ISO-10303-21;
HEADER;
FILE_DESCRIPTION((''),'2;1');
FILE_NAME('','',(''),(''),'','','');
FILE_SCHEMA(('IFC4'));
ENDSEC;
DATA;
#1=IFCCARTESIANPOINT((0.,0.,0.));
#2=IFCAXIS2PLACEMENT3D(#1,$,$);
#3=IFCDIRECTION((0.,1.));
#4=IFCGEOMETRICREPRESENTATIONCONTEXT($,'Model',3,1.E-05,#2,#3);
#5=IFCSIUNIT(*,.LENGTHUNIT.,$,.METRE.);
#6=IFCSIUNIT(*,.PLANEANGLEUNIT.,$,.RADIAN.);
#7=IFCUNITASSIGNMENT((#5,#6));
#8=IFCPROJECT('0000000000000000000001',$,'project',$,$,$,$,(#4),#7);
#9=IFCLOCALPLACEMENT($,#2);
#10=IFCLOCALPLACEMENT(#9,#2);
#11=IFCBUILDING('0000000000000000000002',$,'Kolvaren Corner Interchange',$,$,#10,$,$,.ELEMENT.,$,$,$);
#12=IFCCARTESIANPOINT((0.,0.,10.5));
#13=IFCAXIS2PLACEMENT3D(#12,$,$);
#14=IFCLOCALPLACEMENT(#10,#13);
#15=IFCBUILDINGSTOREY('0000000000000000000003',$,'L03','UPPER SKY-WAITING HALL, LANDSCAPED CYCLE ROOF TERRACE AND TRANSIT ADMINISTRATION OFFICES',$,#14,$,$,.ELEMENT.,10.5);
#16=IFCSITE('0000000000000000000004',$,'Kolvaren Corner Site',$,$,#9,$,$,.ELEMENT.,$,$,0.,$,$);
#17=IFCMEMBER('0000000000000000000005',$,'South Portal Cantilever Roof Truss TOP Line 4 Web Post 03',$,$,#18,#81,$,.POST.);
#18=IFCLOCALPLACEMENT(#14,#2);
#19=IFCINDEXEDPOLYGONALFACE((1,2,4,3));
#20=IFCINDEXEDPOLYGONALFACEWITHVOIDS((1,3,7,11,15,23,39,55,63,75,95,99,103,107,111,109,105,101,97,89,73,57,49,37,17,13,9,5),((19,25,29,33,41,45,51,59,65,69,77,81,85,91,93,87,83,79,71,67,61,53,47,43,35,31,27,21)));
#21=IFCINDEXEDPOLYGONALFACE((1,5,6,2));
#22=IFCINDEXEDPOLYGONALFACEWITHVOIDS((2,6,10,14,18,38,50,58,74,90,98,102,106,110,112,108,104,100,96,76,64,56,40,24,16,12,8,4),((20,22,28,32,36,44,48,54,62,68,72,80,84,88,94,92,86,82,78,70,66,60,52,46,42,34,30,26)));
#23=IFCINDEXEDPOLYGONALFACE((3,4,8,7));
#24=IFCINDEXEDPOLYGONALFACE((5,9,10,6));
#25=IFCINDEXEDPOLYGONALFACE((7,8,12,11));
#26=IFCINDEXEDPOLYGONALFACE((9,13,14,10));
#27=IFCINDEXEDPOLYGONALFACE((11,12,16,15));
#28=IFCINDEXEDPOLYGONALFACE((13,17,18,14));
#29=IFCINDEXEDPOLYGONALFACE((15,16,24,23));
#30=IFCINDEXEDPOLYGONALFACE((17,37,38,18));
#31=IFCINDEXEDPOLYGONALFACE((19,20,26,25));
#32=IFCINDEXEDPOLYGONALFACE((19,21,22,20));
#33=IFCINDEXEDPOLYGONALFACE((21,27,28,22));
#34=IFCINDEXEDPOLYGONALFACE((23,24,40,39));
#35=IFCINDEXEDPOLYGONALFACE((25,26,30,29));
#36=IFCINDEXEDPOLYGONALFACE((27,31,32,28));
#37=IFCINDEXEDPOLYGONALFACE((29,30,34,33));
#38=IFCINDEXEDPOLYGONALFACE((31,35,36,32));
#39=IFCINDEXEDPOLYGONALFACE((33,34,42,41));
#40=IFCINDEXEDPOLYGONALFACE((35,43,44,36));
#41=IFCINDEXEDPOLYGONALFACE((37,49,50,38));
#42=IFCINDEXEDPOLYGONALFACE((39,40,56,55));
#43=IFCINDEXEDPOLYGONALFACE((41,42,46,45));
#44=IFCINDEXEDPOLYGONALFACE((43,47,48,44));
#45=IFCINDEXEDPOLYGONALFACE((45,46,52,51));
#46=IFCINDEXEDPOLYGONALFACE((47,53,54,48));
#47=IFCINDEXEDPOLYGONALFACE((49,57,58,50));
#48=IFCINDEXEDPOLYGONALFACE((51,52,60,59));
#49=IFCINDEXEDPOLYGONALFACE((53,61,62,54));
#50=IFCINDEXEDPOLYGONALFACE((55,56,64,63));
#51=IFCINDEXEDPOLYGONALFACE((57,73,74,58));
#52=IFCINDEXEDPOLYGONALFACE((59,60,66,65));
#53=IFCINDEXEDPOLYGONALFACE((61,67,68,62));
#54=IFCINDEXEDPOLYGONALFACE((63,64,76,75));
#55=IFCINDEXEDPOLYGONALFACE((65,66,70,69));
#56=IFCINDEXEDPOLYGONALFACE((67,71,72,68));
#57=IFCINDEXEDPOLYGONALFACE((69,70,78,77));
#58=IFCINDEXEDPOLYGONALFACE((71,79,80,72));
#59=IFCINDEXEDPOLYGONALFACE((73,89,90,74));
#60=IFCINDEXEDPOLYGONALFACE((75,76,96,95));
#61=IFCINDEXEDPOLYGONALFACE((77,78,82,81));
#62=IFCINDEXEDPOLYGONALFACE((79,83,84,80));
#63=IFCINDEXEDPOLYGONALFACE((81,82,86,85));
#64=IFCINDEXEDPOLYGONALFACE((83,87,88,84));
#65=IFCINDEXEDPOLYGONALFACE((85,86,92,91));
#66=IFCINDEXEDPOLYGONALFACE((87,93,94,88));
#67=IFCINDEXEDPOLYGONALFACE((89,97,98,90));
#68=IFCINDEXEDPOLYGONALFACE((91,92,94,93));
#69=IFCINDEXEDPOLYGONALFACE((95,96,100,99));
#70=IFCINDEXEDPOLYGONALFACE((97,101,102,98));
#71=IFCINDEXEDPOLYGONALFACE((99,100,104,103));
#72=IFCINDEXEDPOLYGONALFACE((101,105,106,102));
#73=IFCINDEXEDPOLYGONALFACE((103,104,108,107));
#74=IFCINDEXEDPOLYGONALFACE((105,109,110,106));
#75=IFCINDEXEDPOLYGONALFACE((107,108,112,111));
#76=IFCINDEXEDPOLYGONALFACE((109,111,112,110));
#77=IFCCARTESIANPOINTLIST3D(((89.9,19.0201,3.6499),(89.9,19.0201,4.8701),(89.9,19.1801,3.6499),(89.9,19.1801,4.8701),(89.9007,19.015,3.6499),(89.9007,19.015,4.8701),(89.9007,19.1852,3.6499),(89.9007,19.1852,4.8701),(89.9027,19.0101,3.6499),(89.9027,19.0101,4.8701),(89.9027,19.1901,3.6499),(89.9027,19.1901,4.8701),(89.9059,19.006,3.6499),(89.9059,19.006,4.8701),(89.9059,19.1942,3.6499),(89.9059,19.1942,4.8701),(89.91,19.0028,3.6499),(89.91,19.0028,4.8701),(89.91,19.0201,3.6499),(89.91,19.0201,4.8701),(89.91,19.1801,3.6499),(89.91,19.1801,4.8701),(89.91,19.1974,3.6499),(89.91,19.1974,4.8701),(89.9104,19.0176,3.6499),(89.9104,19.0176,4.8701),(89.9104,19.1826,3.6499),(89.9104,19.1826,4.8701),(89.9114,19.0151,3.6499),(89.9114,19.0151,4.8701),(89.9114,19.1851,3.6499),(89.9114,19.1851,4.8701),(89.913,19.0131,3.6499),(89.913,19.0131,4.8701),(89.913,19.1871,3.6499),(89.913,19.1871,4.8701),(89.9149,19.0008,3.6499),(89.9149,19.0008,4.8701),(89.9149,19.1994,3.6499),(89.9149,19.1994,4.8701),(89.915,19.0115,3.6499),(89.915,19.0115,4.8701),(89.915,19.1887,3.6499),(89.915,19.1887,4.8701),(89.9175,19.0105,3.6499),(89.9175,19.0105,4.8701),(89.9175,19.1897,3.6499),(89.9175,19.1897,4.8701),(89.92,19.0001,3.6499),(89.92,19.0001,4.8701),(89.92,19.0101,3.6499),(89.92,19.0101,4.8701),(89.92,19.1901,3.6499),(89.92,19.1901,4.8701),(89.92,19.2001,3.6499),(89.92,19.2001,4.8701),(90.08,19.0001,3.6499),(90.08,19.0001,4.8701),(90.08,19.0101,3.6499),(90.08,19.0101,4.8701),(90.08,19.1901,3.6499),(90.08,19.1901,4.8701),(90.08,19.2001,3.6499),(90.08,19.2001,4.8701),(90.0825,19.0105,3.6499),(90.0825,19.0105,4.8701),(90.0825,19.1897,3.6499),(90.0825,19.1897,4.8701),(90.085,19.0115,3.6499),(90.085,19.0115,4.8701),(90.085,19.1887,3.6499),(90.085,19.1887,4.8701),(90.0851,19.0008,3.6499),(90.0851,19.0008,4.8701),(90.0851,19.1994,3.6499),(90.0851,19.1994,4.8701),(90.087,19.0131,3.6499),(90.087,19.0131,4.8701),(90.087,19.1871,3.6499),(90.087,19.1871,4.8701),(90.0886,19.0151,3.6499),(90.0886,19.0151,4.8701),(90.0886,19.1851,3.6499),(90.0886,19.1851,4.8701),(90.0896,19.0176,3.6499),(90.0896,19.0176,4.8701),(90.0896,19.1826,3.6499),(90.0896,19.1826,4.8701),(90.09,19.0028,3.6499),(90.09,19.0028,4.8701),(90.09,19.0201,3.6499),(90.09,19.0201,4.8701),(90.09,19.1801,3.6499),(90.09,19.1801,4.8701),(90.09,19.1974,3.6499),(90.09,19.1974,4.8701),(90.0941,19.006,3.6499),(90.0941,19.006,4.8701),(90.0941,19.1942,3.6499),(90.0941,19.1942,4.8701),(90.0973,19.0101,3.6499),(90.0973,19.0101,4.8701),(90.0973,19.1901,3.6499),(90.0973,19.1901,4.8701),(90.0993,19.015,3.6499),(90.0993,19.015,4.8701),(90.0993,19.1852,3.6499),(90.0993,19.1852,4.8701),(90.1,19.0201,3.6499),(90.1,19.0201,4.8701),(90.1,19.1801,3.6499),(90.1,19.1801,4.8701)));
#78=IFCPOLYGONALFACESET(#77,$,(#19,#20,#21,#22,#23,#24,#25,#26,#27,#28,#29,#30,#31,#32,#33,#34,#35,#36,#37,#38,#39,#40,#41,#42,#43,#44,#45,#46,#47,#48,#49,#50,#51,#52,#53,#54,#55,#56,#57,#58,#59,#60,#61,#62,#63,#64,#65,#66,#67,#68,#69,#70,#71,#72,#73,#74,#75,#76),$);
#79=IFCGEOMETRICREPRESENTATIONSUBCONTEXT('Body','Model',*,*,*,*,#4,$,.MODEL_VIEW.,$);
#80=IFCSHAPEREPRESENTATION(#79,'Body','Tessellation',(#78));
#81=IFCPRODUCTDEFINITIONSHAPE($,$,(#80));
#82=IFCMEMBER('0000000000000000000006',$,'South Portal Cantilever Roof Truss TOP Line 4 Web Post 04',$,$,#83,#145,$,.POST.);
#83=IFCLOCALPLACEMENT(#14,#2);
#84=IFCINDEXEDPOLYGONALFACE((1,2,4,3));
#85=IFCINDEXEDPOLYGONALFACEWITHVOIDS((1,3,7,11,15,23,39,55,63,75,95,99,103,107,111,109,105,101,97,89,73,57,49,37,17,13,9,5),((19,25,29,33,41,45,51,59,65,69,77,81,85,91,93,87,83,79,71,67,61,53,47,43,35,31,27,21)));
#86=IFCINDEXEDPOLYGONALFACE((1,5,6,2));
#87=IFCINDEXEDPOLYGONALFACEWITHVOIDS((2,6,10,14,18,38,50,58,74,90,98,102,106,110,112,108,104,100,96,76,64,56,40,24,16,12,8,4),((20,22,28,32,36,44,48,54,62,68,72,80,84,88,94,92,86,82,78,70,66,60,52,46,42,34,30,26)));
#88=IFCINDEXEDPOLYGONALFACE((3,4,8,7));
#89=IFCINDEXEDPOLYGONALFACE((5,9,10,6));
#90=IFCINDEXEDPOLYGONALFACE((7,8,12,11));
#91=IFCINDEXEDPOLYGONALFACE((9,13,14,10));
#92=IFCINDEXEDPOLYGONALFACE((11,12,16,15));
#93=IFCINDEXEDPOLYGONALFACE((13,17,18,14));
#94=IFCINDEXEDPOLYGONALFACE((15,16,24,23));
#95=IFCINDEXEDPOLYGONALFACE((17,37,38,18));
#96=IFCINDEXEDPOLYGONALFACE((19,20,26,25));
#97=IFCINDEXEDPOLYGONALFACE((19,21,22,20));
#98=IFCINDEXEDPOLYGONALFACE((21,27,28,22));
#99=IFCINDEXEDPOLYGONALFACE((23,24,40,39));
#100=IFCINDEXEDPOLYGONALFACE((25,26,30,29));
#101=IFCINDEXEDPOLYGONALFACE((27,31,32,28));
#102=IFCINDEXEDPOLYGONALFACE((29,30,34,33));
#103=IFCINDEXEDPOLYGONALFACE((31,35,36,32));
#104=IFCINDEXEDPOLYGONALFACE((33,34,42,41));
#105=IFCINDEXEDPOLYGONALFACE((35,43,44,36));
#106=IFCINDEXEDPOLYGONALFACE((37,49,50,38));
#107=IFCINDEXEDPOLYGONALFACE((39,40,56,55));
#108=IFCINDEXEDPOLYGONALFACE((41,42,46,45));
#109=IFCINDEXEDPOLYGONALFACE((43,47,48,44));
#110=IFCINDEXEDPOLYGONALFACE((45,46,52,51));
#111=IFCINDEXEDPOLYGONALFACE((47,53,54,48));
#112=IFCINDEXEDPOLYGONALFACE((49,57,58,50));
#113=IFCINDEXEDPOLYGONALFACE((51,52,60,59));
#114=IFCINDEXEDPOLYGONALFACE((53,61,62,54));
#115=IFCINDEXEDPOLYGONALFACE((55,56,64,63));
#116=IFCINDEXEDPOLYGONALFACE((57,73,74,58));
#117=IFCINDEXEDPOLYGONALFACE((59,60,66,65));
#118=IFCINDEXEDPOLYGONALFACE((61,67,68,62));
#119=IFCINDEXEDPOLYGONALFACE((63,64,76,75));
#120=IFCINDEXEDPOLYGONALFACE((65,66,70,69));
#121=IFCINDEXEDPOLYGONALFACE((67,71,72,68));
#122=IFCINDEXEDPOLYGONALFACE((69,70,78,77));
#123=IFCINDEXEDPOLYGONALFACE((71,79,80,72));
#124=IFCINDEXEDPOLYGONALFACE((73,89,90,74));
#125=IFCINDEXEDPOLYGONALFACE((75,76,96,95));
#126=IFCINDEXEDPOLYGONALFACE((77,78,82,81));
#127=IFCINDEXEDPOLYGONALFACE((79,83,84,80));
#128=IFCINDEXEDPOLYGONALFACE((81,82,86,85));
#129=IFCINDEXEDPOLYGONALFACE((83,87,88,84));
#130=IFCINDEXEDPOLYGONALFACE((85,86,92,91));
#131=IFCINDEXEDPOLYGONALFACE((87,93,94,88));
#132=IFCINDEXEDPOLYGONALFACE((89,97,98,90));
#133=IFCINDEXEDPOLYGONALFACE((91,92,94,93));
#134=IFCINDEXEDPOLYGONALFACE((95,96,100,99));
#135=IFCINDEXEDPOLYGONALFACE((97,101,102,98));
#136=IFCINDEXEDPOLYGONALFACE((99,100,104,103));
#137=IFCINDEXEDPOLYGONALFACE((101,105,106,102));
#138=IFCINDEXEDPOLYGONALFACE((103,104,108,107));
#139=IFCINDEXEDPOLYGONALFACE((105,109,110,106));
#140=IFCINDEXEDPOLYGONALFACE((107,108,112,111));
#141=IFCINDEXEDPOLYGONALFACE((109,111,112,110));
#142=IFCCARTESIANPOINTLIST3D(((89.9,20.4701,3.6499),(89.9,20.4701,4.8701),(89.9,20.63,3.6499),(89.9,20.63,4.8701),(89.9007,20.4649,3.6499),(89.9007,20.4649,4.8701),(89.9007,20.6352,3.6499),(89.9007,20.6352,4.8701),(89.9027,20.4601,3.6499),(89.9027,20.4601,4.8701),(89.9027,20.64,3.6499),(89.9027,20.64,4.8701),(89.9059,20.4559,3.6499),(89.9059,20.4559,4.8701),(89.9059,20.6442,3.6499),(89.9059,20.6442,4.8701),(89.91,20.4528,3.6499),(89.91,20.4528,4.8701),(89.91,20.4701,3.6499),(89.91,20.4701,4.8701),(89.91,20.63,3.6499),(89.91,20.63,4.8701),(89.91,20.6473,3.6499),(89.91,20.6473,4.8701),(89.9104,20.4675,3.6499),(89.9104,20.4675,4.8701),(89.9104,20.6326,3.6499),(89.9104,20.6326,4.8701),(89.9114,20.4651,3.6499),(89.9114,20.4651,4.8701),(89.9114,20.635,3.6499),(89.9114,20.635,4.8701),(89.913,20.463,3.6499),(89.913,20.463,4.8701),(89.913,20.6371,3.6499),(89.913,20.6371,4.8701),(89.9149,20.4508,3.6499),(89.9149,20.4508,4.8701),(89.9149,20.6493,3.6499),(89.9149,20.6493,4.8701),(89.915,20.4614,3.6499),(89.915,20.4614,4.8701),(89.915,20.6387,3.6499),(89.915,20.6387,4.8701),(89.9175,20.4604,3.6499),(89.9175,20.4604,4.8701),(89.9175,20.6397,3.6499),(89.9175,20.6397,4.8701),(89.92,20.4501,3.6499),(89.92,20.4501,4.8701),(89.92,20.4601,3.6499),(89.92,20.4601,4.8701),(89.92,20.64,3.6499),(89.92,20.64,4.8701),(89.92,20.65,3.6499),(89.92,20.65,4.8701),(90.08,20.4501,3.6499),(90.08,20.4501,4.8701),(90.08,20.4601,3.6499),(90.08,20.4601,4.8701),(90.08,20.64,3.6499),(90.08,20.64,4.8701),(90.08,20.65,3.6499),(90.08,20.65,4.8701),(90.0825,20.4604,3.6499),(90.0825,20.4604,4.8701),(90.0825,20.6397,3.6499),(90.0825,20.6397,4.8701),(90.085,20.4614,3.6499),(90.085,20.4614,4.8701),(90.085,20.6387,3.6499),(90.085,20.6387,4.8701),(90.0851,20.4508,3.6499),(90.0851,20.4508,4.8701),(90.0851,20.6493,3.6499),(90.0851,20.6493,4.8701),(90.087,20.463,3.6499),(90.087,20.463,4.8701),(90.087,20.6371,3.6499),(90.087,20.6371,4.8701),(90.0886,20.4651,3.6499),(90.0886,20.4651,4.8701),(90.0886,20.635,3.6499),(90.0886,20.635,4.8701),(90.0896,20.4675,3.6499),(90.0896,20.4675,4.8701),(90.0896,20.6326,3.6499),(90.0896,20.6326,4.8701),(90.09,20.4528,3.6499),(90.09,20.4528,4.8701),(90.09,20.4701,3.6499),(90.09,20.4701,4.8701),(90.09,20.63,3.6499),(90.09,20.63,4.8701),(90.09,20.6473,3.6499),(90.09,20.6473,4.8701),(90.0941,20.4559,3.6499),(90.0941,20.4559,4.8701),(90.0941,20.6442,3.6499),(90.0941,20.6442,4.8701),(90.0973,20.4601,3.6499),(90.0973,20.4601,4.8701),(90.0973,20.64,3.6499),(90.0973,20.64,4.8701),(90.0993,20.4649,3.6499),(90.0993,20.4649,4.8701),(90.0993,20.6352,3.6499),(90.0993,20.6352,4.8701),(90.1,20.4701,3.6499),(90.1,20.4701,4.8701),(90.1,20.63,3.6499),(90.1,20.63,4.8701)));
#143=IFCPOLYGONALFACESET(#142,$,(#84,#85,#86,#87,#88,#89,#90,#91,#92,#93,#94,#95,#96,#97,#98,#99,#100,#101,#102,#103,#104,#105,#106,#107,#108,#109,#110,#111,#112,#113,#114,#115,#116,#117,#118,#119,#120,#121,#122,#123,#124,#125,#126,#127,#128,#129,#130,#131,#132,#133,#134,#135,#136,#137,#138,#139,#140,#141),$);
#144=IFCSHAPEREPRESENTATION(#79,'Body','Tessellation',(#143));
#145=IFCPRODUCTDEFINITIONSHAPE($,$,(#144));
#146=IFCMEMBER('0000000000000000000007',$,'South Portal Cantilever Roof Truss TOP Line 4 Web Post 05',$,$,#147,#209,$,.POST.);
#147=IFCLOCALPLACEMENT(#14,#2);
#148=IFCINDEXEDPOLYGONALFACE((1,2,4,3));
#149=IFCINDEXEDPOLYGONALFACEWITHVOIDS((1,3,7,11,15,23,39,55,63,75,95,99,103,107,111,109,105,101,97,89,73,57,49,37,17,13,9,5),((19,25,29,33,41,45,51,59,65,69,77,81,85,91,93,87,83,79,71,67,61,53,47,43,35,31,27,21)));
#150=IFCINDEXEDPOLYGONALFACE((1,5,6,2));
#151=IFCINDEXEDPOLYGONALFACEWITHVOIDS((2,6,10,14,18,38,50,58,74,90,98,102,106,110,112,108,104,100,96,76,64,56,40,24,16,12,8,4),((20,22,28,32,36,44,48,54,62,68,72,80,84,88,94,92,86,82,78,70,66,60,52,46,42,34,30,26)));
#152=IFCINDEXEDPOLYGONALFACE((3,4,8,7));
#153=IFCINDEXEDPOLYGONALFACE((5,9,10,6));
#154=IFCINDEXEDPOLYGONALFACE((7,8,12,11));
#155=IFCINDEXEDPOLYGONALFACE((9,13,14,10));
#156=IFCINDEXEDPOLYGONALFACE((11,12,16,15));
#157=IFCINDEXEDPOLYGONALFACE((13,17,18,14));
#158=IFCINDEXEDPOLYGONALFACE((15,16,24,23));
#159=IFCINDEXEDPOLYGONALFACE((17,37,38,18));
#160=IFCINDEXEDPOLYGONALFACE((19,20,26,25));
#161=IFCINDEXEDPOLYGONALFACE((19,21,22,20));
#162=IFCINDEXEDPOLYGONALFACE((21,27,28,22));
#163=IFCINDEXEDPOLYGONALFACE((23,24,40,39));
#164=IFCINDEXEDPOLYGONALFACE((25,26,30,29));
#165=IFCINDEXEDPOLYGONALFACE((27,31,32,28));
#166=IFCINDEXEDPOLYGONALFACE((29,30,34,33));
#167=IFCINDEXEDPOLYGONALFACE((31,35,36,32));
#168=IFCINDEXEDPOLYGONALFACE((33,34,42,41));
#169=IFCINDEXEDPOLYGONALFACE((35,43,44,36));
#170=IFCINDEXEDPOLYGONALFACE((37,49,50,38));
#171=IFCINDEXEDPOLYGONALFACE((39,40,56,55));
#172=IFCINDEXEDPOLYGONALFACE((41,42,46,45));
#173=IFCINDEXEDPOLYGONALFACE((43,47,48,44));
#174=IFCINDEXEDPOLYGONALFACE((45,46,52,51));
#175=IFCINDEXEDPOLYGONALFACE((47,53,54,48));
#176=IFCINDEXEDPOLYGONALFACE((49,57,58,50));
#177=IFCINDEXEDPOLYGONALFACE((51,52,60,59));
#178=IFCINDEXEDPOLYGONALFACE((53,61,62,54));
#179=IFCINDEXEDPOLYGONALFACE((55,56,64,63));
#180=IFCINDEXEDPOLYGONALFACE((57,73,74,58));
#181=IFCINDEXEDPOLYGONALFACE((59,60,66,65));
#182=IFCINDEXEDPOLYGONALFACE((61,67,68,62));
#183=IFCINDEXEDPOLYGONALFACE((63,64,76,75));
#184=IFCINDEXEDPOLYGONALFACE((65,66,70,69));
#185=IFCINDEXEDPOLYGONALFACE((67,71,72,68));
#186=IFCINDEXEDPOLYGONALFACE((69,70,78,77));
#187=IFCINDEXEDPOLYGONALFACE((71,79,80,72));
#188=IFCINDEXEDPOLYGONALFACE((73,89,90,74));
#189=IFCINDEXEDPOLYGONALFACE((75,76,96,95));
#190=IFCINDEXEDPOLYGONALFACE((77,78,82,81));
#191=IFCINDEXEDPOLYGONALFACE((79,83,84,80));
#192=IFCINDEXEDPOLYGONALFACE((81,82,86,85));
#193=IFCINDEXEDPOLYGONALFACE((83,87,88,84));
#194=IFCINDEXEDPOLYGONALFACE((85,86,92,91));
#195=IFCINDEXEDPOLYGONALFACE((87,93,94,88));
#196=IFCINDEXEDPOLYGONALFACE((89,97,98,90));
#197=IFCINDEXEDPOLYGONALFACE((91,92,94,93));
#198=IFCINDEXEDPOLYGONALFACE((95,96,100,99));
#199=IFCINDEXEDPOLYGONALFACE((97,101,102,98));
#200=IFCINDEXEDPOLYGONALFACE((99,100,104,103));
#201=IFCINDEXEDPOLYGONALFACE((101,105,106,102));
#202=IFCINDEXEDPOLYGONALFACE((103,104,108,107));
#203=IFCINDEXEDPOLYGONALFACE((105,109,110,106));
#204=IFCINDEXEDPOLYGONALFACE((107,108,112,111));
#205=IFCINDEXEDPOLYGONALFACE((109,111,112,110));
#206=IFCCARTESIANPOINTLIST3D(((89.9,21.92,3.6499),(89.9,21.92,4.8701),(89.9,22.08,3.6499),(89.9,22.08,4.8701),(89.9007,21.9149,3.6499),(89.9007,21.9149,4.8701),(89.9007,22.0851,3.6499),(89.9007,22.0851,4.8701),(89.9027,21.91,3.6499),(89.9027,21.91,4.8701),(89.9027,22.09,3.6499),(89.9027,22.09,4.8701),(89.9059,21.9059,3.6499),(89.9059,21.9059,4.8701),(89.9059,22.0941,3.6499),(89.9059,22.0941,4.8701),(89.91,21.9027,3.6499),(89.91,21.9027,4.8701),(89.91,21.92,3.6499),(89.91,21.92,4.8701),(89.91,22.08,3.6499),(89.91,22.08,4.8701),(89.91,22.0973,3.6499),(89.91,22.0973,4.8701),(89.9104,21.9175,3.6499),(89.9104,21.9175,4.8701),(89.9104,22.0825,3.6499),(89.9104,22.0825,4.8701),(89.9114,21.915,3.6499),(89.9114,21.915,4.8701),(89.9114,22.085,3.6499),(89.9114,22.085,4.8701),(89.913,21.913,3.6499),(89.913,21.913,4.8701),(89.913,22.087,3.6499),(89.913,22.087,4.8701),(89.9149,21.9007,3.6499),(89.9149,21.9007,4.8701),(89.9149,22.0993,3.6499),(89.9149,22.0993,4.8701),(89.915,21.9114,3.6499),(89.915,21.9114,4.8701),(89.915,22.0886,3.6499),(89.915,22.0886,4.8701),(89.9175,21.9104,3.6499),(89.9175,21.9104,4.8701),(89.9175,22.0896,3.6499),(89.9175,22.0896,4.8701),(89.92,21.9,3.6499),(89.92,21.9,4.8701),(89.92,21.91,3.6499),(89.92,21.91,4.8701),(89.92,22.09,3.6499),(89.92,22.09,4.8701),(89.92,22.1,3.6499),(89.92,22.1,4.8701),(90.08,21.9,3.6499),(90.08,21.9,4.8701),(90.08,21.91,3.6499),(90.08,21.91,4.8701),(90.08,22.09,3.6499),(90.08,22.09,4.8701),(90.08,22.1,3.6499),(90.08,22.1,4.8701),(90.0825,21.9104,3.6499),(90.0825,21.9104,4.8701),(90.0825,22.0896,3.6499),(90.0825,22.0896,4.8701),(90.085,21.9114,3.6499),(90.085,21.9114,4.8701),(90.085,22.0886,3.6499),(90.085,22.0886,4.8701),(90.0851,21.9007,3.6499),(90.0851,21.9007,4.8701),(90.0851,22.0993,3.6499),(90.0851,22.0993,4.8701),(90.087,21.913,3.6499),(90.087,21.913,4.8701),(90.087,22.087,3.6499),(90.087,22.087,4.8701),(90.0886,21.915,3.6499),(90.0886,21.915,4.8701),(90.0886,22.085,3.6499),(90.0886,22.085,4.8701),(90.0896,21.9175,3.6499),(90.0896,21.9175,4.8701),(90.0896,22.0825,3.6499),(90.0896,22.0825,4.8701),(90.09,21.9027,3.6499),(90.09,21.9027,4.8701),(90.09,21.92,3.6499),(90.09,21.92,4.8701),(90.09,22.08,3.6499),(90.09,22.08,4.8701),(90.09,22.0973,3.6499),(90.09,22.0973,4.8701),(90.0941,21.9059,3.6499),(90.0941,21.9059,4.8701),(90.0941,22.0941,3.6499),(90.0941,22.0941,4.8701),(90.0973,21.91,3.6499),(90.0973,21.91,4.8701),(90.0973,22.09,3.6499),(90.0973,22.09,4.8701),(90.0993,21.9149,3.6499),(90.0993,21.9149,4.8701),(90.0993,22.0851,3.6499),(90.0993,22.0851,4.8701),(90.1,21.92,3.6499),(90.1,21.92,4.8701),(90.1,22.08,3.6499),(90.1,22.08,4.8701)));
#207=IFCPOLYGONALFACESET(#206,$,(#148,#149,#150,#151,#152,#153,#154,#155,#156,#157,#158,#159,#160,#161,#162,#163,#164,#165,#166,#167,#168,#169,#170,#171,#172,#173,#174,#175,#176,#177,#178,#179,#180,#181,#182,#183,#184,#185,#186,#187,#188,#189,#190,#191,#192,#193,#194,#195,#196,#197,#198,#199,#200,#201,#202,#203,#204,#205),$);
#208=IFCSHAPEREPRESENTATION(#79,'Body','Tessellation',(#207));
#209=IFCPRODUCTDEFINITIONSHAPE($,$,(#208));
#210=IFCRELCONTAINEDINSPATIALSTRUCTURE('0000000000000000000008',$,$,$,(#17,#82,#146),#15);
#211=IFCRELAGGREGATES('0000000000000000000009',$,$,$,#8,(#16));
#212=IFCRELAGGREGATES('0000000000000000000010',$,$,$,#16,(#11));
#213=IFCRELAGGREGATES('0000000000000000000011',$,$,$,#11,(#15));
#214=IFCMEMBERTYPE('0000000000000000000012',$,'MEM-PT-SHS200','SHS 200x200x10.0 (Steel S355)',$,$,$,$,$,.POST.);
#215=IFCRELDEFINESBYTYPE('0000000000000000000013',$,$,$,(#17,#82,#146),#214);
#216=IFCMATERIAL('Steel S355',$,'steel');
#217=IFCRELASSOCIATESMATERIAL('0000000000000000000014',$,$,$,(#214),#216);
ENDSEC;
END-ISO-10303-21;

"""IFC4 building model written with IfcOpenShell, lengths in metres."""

from ifc_helpers import new_model, si_unit, direction, frame, origin, origin_2d, place, context, subcontext, project, spatial, hollow_rectangle, extrude, material, material_profile, profile_set, type_object, element, save


model = new_model("IFC4")

# Units and contexts
model_context = context("Model", 3, precision=1e-05, world=origin(), true_north=direction((0.0, 1.0)))
body_context = subcontext(model_context, "Body", "Model", "MODEL_VIEW")
ifc_project = project(units=[si_unit("LENGTHUNIT", "METRE"), si_unit("PLANEANGLEUNIT", "RADIAN")], contexts=[model_context])

# Site, building, storey
site_placement = place(None, origin())
site = spatial("IfcSite", under=ifc_project, at=site_placement, Name="Kolvaren Corner Site", CompositionType="ELEMENT", RefElevation=0.0)
building_placement = place(site_placement, origin())
building = spatial("IfcBuilding", under=site, at=building_placement, Name="Kolvaren Corner Interchange", CompositionType="ELEMENT")
storey_placement = place(building_placement, frame((0.0, 0.0, 10.5)))
storey = spatial("IfcBuildingStorey", under=building, at=storey_placement, Name="L03", Description="UPPER SKY-WAITING HALL, LANDSCAPED CYCLE ROOF TERRACE AND TRANSIT ADMINISTRATION OFFICES", CompositionType="ELEMENT", Elevation=10.5)

# Members
ifc_material_1 = material(Name="Steel S355", Category="steel")
ifc_material_profile_1 = material_profile(ifc_material_1, hollow_rectangle(XDim=0.2, YDim=0.2, WallThickness=0.01, InnerFilletRadius=0.01, OuterFilletRadius=0.02, at=origin_2d()), Name="SHS 200x200x10.0")
ifc_profile_set_1 = profile_set([ifc_material_profile_1], Name="Steel S355")
member_type_1 = type_object("IfcMemberType", Name="MEM-PT-SHS200", Description="SHS 200x200x10.0 (Steel S355)", PredefinedType="POST", material=ifc_profile_set_1)
for number, where, z_axis, x_axis, name in (
    (1, (90.0, 19.1001, 3.6499), (0.0, 0.0, 1.0), (1.0, 0.0, 0.0), "South Portal Cantilever Roof Truss TOP Line 4 Web Post 03"),
    (2, (90.0, 20.55, 3.6499), (0.0, 0.0, 1.0), (1.0, 0.0, 0.0), "South Portal Cantilever Roof Truss TOP Line 4 Web Post 04"),
    (3, (90.0, 22.0, 3.6499), (0.0, 0.0, 1.0), (1.0, 0.0, 0.0), "South Portal Cantilever Roof Truss TOP Line 4 Web Post 05"),
):
    element("IfcMember", number, at=place(storey_placement, frame(where, z_axis=z_axis, x_axis=x_axis)), inside=storey, type_object=member_type_1, Name=name, PredefinedType="POST", context=body_context, shape_type="SweptSolid", body=[
        extrude(hollow_rectangle(XDim=0.2, YDim=0.2, WallThickness=0.01, InnerFilletRadius=0.01, OuterFilletRadius=0.02, at=origin_2d()), origin(), (0.0, 0.0, 1.0), 1.2202),
    ])

save(model, "model.ifc")
